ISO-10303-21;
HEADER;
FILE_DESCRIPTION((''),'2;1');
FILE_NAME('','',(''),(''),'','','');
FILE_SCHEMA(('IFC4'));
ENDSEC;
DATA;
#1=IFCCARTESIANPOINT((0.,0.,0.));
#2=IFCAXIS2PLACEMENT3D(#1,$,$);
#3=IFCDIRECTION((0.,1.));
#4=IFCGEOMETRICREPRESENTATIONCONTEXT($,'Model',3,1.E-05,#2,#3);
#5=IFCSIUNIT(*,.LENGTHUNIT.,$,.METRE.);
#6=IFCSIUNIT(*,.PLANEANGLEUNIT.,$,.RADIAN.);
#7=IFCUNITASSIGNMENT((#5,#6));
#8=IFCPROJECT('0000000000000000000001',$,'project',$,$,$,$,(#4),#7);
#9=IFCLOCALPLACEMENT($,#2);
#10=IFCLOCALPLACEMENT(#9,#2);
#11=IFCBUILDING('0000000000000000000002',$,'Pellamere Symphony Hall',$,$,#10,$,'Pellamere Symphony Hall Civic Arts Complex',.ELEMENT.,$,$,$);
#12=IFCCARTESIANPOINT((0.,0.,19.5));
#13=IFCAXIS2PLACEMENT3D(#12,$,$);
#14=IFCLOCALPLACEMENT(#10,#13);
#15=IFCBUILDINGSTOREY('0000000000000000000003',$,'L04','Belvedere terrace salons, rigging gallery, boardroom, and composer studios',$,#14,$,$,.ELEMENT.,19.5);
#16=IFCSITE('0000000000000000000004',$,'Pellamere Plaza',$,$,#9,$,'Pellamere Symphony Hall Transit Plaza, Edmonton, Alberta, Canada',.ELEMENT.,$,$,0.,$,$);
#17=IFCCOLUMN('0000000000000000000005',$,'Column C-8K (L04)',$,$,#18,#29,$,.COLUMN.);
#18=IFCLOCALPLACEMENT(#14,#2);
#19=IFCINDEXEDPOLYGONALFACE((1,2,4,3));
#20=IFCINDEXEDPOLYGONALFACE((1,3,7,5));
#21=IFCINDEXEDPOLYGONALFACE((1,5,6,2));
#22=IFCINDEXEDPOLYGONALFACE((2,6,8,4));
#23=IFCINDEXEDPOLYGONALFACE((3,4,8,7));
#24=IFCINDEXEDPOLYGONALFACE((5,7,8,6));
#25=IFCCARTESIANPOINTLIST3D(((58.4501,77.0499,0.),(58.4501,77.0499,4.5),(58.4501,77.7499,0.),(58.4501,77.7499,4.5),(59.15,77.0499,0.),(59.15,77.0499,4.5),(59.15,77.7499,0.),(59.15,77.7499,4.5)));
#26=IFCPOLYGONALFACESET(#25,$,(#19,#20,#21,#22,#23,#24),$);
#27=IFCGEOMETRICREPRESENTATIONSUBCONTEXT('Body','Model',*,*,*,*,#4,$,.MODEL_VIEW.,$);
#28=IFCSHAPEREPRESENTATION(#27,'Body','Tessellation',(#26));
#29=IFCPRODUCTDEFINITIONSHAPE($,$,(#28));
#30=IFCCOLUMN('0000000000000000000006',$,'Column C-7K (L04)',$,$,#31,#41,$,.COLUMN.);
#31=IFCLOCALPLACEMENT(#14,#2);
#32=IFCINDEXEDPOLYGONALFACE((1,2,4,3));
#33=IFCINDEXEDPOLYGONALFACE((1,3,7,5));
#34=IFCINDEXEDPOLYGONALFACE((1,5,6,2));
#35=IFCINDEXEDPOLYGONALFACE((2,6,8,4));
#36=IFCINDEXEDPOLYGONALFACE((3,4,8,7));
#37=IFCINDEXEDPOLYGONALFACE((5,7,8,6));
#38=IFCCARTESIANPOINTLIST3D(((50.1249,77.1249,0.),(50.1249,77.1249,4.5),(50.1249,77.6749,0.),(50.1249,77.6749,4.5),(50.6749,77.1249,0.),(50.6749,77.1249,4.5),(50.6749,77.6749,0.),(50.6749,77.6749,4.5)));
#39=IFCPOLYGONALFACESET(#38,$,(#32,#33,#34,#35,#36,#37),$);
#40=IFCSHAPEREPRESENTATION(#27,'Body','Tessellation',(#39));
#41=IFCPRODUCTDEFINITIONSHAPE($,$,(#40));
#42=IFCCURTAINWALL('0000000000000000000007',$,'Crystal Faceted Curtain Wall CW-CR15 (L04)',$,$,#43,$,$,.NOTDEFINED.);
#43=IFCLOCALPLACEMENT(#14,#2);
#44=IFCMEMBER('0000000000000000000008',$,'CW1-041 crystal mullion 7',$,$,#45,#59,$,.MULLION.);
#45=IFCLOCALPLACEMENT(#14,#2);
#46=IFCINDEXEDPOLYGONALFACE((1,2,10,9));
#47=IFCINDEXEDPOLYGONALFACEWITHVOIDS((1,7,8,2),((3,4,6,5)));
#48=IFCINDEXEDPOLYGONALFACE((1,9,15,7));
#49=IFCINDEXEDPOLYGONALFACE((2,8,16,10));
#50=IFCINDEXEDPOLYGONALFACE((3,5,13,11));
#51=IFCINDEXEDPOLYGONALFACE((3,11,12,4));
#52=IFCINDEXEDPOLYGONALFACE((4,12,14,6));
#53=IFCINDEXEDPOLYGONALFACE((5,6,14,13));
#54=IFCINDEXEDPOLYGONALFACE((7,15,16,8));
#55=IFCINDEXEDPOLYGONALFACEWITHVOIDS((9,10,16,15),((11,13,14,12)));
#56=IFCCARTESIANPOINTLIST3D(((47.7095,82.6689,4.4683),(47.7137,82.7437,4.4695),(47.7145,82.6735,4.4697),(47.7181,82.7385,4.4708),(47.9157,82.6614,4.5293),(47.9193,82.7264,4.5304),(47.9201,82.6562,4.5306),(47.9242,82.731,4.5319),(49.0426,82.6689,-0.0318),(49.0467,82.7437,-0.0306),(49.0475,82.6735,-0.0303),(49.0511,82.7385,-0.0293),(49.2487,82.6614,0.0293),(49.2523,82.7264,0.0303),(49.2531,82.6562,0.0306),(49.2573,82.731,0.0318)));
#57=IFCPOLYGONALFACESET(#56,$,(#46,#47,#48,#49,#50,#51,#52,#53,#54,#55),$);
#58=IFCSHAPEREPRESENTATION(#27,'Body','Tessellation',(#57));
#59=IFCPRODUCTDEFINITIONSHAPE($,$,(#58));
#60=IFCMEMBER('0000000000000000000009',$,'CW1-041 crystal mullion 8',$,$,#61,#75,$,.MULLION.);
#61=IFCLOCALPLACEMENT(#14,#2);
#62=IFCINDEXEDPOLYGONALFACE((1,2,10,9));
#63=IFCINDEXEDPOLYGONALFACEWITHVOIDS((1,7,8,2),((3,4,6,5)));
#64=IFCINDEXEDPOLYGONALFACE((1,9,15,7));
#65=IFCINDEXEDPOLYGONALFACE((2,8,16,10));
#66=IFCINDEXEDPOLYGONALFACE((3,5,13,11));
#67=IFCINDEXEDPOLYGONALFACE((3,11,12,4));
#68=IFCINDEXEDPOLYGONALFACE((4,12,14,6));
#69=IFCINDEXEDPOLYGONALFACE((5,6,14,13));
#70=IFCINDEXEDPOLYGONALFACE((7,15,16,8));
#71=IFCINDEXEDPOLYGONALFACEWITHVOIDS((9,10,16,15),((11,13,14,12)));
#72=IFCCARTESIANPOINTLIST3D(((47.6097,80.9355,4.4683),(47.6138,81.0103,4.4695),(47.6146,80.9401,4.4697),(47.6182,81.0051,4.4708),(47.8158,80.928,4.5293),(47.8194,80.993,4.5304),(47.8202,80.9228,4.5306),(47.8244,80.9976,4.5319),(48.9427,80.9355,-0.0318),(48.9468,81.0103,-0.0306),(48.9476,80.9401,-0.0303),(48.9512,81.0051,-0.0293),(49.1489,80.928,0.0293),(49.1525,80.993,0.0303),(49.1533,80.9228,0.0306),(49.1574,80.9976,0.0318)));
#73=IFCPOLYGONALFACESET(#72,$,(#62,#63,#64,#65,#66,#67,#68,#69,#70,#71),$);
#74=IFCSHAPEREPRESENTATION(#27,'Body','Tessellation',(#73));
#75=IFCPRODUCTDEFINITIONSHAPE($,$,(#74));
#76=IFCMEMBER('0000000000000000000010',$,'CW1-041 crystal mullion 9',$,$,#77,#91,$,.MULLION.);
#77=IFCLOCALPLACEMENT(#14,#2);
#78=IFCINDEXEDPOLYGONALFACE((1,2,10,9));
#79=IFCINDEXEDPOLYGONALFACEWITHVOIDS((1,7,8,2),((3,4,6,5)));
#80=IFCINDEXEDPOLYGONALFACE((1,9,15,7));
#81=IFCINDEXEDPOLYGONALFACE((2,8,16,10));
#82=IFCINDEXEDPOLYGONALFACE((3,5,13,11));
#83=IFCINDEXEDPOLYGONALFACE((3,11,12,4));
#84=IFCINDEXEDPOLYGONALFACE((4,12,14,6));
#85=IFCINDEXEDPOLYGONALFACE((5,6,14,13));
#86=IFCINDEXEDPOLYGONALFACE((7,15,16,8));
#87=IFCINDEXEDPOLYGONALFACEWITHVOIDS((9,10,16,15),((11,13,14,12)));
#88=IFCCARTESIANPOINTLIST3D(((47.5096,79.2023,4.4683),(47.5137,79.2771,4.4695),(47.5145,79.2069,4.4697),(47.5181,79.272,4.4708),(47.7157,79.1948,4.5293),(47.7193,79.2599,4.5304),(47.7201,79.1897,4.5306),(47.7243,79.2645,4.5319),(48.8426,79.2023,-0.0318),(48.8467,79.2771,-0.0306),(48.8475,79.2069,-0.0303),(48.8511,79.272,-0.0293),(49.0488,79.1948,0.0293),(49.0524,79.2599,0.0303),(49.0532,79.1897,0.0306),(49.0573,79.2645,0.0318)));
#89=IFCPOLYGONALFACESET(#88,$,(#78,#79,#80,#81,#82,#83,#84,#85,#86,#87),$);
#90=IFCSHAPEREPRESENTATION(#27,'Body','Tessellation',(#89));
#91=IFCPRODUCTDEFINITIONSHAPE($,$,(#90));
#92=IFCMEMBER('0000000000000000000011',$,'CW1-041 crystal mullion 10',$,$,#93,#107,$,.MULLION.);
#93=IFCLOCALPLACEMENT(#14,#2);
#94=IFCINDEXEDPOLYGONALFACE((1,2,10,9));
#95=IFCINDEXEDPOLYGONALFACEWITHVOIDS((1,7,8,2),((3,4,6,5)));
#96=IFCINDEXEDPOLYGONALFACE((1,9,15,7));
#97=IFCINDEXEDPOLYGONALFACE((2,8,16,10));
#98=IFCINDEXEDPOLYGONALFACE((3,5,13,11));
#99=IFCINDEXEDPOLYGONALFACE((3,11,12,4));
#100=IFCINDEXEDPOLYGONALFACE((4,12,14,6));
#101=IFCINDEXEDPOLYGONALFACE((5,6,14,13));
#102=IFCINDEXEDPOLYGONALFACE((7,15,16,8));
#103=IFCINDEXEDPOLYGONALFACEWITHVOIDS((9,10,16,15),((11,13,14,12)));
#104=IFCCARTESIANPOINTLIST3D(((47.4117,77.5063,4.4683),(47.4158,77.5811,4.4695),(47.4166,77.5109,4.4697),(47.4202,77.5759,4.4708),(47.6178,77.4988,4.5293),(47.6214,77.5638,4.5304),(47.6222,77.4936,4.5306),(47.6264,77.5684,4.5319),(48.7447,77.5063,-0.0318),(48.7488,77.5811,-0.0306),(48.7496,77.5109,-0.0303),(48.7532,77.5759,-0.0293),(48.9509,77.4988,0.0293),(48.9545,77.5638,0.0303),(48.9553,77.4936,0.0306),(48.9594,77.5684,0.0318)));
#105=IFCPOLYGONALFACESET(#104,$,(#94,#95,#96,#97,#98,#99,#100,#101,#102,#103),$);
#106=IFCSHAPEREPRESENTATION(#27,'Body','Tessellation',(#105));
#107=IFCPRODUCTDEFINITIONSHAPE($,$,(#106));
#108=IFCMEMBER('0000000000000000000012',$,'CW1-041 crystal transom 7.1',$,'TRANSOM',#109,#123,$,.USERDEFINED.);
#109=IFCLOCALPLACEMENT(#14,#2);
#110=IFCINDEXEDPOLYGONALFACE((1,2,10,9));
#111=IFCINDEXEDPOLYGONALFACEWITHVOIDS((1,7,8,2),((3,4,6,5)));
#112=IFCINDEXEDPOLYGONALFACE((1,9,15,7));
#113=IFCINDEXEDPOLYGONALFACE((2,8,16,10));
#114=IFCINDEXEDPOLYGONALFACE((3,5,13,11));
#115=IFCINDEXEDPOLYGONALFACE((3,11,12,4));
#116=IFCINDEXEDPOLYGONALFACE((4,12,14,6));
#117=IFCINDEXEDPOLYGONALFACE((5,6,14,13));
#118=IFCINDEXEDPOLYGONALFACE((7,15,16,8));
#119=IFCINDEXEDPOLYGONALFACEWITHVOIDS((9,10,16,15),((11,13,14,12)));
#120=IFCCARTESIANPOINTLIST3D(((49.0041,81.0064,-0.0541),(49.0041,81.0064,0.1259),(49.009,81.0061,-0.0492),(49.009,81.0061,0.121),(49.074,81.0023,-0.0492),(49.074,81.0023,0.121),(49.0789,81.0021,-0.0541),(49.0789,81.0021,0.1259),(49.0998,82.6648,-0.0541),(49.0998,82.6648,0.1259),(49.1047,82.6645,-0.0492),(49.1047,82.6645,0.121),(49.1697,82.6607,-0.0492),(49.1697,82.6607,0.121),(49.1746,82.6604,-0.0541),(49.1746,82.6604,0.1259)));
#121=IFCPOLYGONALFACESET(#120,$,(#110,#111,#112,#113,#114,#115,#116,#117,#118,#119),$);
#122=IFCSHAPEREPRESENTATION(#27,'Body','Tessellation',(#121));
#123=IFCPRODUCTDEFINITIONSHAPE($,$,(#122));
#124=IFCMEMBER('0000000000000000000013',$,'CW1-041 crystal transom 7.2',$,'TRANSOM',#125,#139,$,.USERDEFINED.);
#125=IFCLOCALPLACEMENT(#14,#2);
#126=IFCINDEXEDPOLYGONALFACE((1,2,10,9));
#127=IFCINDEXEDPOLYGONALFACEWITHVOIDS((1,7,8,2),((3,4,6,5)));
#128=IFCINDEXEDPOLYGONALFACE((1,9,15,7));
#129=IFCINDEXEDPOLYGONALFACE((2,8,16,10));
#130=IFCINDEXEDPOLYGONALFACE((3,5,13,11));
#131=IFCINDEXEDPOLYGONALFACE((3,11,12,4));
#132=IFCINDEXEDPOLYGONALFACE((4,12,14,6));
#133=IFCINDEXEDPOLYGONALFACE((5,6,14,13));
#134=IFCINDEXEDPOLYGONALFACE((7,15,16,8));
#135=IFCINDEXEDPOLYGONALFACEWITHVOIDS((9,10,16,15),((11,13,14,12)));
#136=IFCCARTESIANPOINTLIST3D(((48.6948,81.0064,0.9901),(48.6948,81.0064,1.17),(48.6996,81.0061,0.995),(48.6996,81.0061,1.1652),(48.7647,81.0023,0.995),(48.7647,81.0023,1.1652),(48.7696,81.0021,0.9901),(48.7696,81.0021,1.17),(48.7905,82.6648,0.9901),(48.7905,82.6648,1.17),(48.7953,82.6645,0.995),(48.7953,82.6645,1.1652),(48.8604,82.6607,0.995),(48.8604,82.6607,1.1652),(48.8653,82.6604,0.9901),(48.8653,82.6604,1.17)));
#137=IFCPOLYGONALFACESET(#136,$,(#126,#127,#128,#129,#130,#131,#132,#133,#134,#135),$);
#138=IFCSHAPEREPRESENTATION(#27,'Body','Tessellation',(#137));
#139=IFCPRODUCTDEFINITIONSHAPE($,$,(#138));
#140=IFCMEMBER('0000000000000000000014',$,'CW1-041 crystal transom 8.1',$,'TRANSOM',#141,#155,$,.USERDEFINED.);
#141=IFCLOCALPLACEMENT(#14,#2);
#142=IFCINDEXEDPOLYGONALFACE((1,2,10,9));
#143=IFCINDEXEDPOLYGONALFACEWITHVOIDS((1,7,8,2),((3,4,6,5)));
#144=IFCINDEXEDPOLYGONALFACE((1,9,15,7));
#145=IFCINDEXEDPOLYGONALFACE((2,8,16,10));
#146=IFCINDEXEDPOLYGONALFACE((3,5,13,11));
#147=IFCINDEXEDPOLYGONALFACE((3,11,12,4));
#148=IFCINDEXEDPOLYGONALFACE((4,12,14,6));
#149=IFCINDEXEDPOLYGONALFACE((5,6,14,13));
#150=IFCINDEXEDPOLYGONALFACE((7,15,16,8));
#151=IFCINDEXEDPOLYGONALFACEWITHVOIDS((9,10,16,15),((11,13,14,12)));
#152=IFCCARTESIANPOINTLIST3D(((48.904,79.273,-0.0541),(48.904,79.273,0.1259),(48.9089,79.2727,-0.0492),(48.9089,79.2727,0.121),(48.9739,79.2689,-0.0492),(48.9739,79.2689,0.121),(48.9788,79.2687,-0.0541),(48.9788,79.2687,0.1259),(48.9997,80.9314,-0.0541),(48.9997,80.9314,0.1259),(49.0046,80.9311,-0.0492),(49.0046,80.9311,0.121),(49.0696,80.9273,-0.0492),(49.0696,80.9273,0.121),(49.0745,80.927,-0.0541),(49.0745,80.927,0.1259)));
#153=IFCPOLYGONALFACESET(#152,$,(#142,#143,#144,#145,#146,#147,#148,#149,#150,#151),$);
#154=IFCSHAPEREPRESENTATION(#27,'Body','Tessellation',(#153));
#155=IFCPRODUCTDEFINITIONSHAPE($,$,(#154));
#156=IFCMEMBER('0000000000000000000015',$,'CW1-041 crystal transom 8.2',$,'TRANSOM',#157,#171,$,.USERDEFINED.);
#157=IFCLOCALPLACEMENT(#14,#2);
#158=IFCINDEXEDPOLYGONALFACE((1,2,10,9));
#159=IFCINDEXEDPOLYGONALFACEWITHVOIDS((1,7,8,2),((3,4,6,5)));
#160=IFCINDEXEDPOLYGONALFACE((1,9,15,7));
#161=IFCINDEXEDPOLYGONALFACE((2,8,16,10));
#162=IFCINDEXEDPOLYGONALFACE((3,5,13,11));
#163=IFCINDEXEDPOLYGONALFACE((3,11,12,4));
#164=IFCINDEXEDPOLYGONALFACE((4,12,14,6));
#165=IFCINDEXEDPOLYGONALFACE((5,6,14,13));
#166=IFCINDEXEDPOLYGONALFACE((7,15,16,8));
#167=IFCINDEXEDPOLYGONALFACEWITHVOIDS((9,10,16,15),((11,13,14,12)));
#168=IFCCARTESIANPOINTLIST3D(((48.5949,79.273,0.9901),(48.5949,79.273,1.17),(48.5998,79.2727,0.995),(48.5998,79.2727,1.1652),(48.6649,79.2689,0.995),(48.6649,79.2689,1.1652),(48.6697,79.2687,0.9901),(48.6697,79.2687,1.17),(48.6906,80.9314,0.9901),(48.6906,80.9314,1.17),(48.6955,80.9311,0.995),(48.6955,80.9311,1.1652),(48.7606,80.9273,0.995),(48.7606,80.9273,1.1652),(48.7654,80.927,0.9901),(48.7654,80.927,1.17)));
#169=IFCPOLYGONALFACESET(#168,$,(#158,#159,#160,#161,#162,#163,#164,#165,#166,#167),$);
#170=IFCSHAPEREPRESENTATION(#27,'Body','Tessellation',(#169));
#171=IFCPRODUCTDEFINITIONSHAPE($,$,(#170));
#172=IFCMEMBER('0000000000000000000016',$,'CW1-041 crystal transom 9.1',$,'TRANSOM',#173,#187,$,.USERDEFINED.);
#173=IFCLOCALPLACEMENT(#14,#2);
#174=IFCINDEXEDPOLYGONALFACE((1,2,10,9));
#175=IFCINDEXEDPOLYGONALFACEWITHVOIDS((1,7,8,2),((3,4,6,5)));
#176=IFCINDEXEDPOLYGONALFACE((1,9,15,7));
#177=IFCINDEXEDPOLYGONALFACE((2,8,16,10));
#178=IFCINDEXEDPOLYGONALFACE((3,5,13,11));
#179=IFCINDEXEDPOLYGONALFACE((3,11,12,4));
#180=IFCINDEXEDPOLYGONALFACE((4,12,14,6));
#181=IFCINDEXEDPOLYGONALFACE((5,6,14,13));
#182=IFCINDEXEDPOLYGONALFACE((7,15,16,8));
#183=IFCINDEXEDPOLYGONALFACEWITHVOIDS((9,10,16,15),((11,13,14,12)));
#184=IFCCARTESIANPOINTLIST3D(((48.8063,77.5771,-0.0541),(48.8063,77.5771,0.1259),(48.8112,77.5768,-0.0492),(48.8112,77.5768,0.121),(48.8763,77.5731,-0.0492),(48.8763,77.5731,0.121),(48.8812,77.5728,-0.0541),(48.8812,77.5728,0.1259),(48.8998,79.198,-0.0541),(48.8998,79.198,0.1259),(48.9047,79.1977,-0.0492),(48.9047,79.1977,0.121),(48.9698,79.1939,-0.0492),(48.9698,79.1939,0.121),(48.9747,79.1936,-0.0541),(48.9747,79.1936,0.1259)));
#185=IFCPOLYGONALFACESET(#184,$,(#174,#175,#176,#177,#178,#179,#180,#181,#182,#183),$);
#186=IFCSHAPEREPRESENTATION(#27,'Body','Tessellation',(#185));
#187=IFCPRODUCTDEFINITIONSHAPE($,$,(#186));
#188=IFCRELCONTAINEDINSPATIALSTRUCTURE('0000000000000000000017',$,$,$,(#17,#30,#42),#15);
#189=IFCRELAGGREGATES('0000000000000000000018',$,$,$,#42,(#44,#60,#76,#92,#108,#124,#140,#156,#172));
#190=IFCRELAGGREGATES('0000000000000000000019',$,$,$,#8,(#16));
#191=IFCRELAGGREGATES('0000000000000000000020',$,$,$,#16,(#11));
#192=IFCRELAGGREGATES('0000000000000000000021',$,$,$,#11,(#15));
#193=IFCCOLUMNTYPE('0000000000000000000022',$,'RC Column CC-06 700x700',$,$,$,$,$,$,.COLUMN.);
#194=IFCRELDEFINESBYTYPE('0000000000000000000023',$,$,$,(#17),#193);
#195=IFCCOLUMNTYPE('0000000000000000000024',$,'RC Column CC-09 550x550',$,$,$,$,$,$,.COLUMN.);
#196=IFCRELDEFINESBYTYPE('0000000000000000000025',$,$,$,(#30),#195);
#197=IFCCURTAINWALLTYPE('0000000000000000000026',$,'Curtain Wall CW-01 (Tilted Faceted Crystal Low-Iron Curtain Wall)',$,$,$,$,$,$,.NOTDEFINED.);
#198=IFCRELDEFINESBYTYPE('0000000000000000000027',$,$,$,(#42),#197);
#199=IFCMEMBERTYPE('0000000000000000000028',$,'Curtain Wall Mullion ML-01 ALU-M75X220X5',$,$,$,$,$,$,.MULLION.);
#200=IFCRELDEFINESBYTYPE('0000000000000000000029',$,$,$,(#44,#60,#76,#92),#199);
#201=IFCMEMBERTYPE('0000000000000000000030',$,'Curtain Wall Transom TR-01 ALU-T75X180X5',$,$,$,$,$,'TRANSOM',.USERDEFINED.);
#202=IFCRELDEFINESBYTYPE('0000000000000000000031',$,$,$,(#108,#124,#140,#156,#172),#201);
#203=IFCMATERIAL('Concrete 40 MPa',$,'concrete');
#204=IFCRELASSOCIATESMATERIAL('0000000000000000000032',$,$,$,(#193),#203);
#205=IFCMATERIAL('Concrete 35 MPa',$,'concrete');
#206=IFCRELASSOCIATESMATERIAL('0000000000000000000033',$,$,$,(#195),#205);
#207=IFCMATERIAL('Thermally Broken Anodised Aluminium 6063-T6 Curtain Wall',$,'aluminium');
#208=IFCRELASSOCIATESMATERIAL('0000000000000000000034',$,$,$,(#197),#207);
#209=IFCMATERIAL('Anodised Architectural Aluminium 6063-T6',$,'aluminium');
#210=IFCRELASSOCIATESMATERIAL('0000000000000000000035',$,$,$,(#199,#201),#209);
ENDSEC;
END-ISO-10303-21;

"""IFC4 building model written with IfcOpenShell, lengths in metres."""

from ifc_helpers import new_model, si_unit, direction, frame, origin, origin_2d, place, context, subcontext, project, spatial, rectangle, hollow_rectangle, extrude, material, material_profile, profile_set, type_object, element, aggregate, save


model = new_model("IFC4")

# Units and contexts
model_context = context("Model", 3, precision=1e-05, world=origin(), true_north=direction((0.0, 1.0)))
body_context = subcontext(model_context, "Body", "Model", "MODEL_VIEW")
ifc_project = project(units=[si_unit("LENGTHUNIT", "METRE"), si_unit("PLANEANGLEUNIT", "RADIAN")], contexts=[model_context])

# Site, building, storey
site_placement = place(None, origin())
site = spatial("IfcSite", under=ifc_project, at=site_placement, Name="Pellamere Plaza", LongName="Pellamere Symphony Hall Transit Plaza, Edmonton, Alberta, Canada", CompositionType="ELEMENT", RefElevation=0.0)
building_placement = place(site_placement, origin())
building = spatial("IfcBuilding", under=site, at=building_placement, Name="Pellamere Symphony Hall", LongName="Pellamere Symphony Hall Civic Arts Complex", CompositionType="ELEMENT")
storey_placement = place(building_placement, frame((0.0, 0.0, 19.5)))
storey = spatial("IfcBuildingStorey", under=building, at=storey_placement, Name="L04", Description="Belvedere terrace salons, rigging gallery, boardroom, and composer studios", CompositionType="ELEMENT", Elevation=19.5)

# Columns
ifc_material_1 = material(Name="Concrete 40 MPa", Category="concrete")
ifc_material_profile_1 = material_profile(ifc_material_1, rectangle(XDim=0.7, YDim=0.7, at=origin_2d()), Name="RC 700x700")
ifc_profile_set_1 = profile_set([ifc_material_profile_1], Name="Concrete 40 MPa")
column_type_1 = type_object("IfcColumnType", Name="RC Column CC-06 700x700", PredefinedType="COLUMN", material=ifc_profile_set_1)
column_1_placement = place(storey_placement, frame((58.8, 77.3999, 0.0), z_axis=(0.0, 0.0, 1.0), x_axis=(1.0, 0.0, 0.0)))
element("IfcColumn", 1, at=column_1_placement, inside=storey, type_object=column_type_1, Name="Column C-8K (L04)", PredefinedType="COLUMN", context=body_context, shape_type="SweptSolid", body=[
    extrude(rectangle(XDim=0.7, YDim=0.7, at=origin_2d()), origin(), (0.0, 0.0, 1.0), 4.5),
])
ifc_material_2 = material(Name="Concrete 35 MPa", Category="concrete")
ifc_material_profile_2 = material_profile(ifc_material_2, rectangle(XDim=0.55, YDim=0.55, at=origin_2d()), Name="RC 550x550")
ifc_profile_set_2 = profile_set([ifc_material_profile_2], Name="Concrete 35 MPa")
column_type_2 = type_object("IfcColumnType", Name="RC Column CC-09 550x550", PredefinedType="COLUMN", material=ifc_profile_set_2)
column_2_placement = place(storey_placement, frame((50.3999, 77.3999, 0.0), z_axis=(0.0, 0.0, 1.0), x_axis=(1.0, 0.0, 0.0)))
element("IfcColumn", 2, at=column_2_placement, inside=storey, type_object=column_type_2, Name="Column C-7K (L04)", PredefinedType="COLUMN", context=body_context, shape_type="SweptSolid", body=[
    extrude(rectangle(XDim=0.55, YDim=0.55, at=origin_2d()), origin(), (0.0, 0.0, 1.0), 4.5),
])

# Curtain wall, members
ifc_material_3 = material(Name="Thermally Broken Anodised Aluminium 6063-T6 Curtain Wall", Category="aluminium")
curtain_wall_type = type_object("IfcCurtainWallType", Name="Curtain Wall CW-01 (Tilted Faceted Crystal Low-Iron Curtain Wall)", PredefinedType="NOTDEFINED", material=ifc_material_3)
curtain_wall_1_placement = place(storey_placement, origin())
curtain_wall_1 = element("IfcCurtainWall", 3, at=curtain_wall_1_placement, inside=storey, type_object=curtain_wall_type, Name="Crystal Faceted Curtain Wall CW-CR15 (L04)", PredefinedType="NOTDEFINED")
ifc_material_4 = material(Name="Anodised Architectural Aluminium 6063-T6", Category="aluminium")
ifc_material_profile_3 = material_profile(ifc_material_4, hollow_rectangle(XDim=0.075, YDim=0.22, WallThickness=0.0049, at=origin_2d()), Name="ALU-M75X220X5")
ifc_profile_set_3 = profile_set([ifc_material_profile_3], Name="Anodised Architectural Aluminium 6063-T6")
member_type_1 = type_object("IfcMemberType", Name="Curtain Wall Mullion ML-01 ALU-M75X220X5", PredefinedType="MULLION", material=ifc_profile_set_3)
member_1_placement = place(storey_placement, frame((49.1499, 82.7, 0.0), z_axis=(-0.284025, 0.0, 0.958817), x_axis=(-0.055225, -0.99834, -0.016359)))
member_1 = element("IfcMember", 4, at=member_1_placement, type_object=member_type_1, Name="CW1-041 crystal mullion 7", PredefinedType="MULLION", context=body_context, shape_type="SweptSolid", body=[
    extrude(hollow_rectangle(XDim=0.075, YDim=0.22, WallThickness=0.0049, at=origin_2d()), origin(), (0.0, 0.0, 1.0), 4.6934),
])
member_2_placement = place(storey_placement, frame((49.05, 80.9666, 0.0), z_axis=(-0.284025, 0.0, 0.958817), x_axis=(-0.055225, -0.99834, -0.016359)))
member_2 = element("IfcMember", 5, at=member_2_placement, type_object=member_type_1, Name="CW1-041 crystal mullion 8", PredefinedType="MULLION", context=body_context, shape_type="SweptSolid", body=[
    extrude(hollow_rectangle(XDim=0.075, YDim=0.22, WallThickness=0.0049, at=origin_2d()), origin(), (0.0, 0.0, 1.0), 4.6934),
])
member_3_placement = place(storey_placement, frame((48.95, 79.2334, 0.0), z_axis=(-0.284025, 0.0, 0.958817), x_axis=(-0.055225, -0.99834, -0.016359)))
member_3 = element("IfcMember", 6, at=member_3_placement, type_object=member_type_1, Name="CW1-041 crystal mullion 9", PredefinedType="MULLION", context=body_context, shape_type="SweptSolid", body=[
    extrude(hollow_rectangle(XDim=0.075, YDim=0.22, WallThickness=0.0049, at=origin_2d()), origin(), (0.0, 0.0, 1.0), 4.6934),
])
member_4_placement = place(storey_placement, frame((48.8521, 77.5374, 0.0), z_axis=(-0.284025, 0.0, 0.958817), x_axis=(-0.055225, -0.99834, -0.016359)))
member_4 = element("IfcMember", 7, at=member_4_placement, type_object=member_type_1, Name="CW1-041 crystal mullion 10", PredefinedType="MULLION", context=body_context, shape_type="SweptSolid", body=[
    extrude(hollow_rectangle(XDim=0.075, YDim=0.22, WallThickness=0.0049, at=origin_2d()), origin(), (0.0, 0.0, 1.0), 4.6934),
])
ifc_material_profile_4 = material_profile(ifc_material_4, hollow_rectangle(XDim=0.075, YDim=0.1799, WallThickness=0.0049, at=origin_2d()), Name="ALU-T75X180X5")
ifc_profile_set_4 = profile_set([ifc_material_profile_4], Name="Anodised Architectural Aluminium 6063-T6")
member_type_2 = type_object("IfcMemberType", Name="Curtain Wall Transom TR-01 ALU-T75X180X5", ElementType="TRANSOM", PredefinedType="USERDEFINED", material=ifc_profile_set_4)
member_5_placement = place(storey_placement, frame((49.1372, 82.6626, 0.0359), z_axis=(-0.057611, -0.998339, 0.0), x_axis=(0.998339, -0.057611, 0.0)))
member_5 = element("IfcMember", 8, at=member_5_placement, type_object=member_type_2, Name="CW1-041 crystal transom 7.1", ObjectType="TRANSOM", PredefinedType="USERDEFINED", context=body_context, shape_type="SweptSolid", body=[
    extrude(hollow_rectangle(XDim=0.075, YDim=0.1799, WallThickness=0.0049, at=origin_2d()), origin(), (0.0, 0.0, 1.0), 1.6611),
])
member_6_placement = place(storey_placement, frame((48.8279, 82.6626, 1.0801), z_axis=(-0.057611, -0.998339, 0.0), x_axis=(0.998339, -0.057611, 0.0)))
member_6 = element("IfcMember", 9, at=member_6_placement, type_object=member_type_2, Name="CW1-041 crystal transom 7.2", ObjectType="TRANSOM", PredefinedType="USERDEFINED", context=body_context, shape_type="SweptSolid", body=[
    extrude(hollow_rectangle(XDim=0.075, YDim=0.1799, WallThickness=0.0049, at=origin_2d()), origin(), (0.0, 0.0, 1.0), 1.6611),
])
member_7_placement = place(storey_placement, frame((49.0371, 80.9292, 0.0359), z_axis=(-0.057611, -0.998339, 0.0), x_axis=(0.998339, -0.057611, 0.0)))
member_7 = element("IfcMember", 10, at=member_7_placement, type_object=member_type_2, Name="CW1-041 crystal transom 8.1", ObjectType="TRANSOM", PredefinedType="USERDEFINED", context=body_context, shape_type="SweptSolid", body=[
    extrude(hollow_rectangle(XDim=0.075, YDim=0.1799, WallThickness=0.0049, at=origin_2d()), origin(), (0.0, 0.0, 1.0), 1.6611),
])
member_8_placement = place(storey_placement, frame((48.728, 80.9292, 1.0801), z_axis=(-0.057611, -0.998339, 0.0), x_axis=(0.998339, -0.057611, 0.0)))
member_8 = element("IfcMember", 11, at=member_8_placement, type_object=member_type_2, Name="CW1-041 crystal transom 8.2", ObjectType="TRANSOM", PredefinedType="USERDEFINED", context=body_context, shape_type="SweptSolid", body=[
    extrude(hollow_rectangle(XDim=0.075, YDim=0.1799, WallThickness=0.0049, at=origin_2d()), origin(), (0.0, 0.0, 1.0), 1.6611),
])
member_9_placement = place(storey_placement, frame((48.9373, 79.1958, 0.0359), z_axis=(-0.057594, -0.99834, 0.0), x_axis=(0.99834, -0.057594, 0.0)))
member_9 = element("IfcMember", 12, at=member_9_placement, type_object=member_type_2, Name="CW1-041 crystal transom 9.1", ObjectType="TRANSOM", PredefinedType="USERDEFINED", context=body_context, shape_type="SweptSolid", body=[
    extrude(hollow_rectangle(XDim=0.075, YDim=0.1799, WallThickness=0.0049, at=origin_2d()), origin(), (0.0, 0.0, 1.0), 1.6235),
])

aggregate(curtain_wall_1, [member_1, member_2, member_3, member_4, member_5, member_6, member_7, member_8, member_9])

save(model, "model.ifc")
